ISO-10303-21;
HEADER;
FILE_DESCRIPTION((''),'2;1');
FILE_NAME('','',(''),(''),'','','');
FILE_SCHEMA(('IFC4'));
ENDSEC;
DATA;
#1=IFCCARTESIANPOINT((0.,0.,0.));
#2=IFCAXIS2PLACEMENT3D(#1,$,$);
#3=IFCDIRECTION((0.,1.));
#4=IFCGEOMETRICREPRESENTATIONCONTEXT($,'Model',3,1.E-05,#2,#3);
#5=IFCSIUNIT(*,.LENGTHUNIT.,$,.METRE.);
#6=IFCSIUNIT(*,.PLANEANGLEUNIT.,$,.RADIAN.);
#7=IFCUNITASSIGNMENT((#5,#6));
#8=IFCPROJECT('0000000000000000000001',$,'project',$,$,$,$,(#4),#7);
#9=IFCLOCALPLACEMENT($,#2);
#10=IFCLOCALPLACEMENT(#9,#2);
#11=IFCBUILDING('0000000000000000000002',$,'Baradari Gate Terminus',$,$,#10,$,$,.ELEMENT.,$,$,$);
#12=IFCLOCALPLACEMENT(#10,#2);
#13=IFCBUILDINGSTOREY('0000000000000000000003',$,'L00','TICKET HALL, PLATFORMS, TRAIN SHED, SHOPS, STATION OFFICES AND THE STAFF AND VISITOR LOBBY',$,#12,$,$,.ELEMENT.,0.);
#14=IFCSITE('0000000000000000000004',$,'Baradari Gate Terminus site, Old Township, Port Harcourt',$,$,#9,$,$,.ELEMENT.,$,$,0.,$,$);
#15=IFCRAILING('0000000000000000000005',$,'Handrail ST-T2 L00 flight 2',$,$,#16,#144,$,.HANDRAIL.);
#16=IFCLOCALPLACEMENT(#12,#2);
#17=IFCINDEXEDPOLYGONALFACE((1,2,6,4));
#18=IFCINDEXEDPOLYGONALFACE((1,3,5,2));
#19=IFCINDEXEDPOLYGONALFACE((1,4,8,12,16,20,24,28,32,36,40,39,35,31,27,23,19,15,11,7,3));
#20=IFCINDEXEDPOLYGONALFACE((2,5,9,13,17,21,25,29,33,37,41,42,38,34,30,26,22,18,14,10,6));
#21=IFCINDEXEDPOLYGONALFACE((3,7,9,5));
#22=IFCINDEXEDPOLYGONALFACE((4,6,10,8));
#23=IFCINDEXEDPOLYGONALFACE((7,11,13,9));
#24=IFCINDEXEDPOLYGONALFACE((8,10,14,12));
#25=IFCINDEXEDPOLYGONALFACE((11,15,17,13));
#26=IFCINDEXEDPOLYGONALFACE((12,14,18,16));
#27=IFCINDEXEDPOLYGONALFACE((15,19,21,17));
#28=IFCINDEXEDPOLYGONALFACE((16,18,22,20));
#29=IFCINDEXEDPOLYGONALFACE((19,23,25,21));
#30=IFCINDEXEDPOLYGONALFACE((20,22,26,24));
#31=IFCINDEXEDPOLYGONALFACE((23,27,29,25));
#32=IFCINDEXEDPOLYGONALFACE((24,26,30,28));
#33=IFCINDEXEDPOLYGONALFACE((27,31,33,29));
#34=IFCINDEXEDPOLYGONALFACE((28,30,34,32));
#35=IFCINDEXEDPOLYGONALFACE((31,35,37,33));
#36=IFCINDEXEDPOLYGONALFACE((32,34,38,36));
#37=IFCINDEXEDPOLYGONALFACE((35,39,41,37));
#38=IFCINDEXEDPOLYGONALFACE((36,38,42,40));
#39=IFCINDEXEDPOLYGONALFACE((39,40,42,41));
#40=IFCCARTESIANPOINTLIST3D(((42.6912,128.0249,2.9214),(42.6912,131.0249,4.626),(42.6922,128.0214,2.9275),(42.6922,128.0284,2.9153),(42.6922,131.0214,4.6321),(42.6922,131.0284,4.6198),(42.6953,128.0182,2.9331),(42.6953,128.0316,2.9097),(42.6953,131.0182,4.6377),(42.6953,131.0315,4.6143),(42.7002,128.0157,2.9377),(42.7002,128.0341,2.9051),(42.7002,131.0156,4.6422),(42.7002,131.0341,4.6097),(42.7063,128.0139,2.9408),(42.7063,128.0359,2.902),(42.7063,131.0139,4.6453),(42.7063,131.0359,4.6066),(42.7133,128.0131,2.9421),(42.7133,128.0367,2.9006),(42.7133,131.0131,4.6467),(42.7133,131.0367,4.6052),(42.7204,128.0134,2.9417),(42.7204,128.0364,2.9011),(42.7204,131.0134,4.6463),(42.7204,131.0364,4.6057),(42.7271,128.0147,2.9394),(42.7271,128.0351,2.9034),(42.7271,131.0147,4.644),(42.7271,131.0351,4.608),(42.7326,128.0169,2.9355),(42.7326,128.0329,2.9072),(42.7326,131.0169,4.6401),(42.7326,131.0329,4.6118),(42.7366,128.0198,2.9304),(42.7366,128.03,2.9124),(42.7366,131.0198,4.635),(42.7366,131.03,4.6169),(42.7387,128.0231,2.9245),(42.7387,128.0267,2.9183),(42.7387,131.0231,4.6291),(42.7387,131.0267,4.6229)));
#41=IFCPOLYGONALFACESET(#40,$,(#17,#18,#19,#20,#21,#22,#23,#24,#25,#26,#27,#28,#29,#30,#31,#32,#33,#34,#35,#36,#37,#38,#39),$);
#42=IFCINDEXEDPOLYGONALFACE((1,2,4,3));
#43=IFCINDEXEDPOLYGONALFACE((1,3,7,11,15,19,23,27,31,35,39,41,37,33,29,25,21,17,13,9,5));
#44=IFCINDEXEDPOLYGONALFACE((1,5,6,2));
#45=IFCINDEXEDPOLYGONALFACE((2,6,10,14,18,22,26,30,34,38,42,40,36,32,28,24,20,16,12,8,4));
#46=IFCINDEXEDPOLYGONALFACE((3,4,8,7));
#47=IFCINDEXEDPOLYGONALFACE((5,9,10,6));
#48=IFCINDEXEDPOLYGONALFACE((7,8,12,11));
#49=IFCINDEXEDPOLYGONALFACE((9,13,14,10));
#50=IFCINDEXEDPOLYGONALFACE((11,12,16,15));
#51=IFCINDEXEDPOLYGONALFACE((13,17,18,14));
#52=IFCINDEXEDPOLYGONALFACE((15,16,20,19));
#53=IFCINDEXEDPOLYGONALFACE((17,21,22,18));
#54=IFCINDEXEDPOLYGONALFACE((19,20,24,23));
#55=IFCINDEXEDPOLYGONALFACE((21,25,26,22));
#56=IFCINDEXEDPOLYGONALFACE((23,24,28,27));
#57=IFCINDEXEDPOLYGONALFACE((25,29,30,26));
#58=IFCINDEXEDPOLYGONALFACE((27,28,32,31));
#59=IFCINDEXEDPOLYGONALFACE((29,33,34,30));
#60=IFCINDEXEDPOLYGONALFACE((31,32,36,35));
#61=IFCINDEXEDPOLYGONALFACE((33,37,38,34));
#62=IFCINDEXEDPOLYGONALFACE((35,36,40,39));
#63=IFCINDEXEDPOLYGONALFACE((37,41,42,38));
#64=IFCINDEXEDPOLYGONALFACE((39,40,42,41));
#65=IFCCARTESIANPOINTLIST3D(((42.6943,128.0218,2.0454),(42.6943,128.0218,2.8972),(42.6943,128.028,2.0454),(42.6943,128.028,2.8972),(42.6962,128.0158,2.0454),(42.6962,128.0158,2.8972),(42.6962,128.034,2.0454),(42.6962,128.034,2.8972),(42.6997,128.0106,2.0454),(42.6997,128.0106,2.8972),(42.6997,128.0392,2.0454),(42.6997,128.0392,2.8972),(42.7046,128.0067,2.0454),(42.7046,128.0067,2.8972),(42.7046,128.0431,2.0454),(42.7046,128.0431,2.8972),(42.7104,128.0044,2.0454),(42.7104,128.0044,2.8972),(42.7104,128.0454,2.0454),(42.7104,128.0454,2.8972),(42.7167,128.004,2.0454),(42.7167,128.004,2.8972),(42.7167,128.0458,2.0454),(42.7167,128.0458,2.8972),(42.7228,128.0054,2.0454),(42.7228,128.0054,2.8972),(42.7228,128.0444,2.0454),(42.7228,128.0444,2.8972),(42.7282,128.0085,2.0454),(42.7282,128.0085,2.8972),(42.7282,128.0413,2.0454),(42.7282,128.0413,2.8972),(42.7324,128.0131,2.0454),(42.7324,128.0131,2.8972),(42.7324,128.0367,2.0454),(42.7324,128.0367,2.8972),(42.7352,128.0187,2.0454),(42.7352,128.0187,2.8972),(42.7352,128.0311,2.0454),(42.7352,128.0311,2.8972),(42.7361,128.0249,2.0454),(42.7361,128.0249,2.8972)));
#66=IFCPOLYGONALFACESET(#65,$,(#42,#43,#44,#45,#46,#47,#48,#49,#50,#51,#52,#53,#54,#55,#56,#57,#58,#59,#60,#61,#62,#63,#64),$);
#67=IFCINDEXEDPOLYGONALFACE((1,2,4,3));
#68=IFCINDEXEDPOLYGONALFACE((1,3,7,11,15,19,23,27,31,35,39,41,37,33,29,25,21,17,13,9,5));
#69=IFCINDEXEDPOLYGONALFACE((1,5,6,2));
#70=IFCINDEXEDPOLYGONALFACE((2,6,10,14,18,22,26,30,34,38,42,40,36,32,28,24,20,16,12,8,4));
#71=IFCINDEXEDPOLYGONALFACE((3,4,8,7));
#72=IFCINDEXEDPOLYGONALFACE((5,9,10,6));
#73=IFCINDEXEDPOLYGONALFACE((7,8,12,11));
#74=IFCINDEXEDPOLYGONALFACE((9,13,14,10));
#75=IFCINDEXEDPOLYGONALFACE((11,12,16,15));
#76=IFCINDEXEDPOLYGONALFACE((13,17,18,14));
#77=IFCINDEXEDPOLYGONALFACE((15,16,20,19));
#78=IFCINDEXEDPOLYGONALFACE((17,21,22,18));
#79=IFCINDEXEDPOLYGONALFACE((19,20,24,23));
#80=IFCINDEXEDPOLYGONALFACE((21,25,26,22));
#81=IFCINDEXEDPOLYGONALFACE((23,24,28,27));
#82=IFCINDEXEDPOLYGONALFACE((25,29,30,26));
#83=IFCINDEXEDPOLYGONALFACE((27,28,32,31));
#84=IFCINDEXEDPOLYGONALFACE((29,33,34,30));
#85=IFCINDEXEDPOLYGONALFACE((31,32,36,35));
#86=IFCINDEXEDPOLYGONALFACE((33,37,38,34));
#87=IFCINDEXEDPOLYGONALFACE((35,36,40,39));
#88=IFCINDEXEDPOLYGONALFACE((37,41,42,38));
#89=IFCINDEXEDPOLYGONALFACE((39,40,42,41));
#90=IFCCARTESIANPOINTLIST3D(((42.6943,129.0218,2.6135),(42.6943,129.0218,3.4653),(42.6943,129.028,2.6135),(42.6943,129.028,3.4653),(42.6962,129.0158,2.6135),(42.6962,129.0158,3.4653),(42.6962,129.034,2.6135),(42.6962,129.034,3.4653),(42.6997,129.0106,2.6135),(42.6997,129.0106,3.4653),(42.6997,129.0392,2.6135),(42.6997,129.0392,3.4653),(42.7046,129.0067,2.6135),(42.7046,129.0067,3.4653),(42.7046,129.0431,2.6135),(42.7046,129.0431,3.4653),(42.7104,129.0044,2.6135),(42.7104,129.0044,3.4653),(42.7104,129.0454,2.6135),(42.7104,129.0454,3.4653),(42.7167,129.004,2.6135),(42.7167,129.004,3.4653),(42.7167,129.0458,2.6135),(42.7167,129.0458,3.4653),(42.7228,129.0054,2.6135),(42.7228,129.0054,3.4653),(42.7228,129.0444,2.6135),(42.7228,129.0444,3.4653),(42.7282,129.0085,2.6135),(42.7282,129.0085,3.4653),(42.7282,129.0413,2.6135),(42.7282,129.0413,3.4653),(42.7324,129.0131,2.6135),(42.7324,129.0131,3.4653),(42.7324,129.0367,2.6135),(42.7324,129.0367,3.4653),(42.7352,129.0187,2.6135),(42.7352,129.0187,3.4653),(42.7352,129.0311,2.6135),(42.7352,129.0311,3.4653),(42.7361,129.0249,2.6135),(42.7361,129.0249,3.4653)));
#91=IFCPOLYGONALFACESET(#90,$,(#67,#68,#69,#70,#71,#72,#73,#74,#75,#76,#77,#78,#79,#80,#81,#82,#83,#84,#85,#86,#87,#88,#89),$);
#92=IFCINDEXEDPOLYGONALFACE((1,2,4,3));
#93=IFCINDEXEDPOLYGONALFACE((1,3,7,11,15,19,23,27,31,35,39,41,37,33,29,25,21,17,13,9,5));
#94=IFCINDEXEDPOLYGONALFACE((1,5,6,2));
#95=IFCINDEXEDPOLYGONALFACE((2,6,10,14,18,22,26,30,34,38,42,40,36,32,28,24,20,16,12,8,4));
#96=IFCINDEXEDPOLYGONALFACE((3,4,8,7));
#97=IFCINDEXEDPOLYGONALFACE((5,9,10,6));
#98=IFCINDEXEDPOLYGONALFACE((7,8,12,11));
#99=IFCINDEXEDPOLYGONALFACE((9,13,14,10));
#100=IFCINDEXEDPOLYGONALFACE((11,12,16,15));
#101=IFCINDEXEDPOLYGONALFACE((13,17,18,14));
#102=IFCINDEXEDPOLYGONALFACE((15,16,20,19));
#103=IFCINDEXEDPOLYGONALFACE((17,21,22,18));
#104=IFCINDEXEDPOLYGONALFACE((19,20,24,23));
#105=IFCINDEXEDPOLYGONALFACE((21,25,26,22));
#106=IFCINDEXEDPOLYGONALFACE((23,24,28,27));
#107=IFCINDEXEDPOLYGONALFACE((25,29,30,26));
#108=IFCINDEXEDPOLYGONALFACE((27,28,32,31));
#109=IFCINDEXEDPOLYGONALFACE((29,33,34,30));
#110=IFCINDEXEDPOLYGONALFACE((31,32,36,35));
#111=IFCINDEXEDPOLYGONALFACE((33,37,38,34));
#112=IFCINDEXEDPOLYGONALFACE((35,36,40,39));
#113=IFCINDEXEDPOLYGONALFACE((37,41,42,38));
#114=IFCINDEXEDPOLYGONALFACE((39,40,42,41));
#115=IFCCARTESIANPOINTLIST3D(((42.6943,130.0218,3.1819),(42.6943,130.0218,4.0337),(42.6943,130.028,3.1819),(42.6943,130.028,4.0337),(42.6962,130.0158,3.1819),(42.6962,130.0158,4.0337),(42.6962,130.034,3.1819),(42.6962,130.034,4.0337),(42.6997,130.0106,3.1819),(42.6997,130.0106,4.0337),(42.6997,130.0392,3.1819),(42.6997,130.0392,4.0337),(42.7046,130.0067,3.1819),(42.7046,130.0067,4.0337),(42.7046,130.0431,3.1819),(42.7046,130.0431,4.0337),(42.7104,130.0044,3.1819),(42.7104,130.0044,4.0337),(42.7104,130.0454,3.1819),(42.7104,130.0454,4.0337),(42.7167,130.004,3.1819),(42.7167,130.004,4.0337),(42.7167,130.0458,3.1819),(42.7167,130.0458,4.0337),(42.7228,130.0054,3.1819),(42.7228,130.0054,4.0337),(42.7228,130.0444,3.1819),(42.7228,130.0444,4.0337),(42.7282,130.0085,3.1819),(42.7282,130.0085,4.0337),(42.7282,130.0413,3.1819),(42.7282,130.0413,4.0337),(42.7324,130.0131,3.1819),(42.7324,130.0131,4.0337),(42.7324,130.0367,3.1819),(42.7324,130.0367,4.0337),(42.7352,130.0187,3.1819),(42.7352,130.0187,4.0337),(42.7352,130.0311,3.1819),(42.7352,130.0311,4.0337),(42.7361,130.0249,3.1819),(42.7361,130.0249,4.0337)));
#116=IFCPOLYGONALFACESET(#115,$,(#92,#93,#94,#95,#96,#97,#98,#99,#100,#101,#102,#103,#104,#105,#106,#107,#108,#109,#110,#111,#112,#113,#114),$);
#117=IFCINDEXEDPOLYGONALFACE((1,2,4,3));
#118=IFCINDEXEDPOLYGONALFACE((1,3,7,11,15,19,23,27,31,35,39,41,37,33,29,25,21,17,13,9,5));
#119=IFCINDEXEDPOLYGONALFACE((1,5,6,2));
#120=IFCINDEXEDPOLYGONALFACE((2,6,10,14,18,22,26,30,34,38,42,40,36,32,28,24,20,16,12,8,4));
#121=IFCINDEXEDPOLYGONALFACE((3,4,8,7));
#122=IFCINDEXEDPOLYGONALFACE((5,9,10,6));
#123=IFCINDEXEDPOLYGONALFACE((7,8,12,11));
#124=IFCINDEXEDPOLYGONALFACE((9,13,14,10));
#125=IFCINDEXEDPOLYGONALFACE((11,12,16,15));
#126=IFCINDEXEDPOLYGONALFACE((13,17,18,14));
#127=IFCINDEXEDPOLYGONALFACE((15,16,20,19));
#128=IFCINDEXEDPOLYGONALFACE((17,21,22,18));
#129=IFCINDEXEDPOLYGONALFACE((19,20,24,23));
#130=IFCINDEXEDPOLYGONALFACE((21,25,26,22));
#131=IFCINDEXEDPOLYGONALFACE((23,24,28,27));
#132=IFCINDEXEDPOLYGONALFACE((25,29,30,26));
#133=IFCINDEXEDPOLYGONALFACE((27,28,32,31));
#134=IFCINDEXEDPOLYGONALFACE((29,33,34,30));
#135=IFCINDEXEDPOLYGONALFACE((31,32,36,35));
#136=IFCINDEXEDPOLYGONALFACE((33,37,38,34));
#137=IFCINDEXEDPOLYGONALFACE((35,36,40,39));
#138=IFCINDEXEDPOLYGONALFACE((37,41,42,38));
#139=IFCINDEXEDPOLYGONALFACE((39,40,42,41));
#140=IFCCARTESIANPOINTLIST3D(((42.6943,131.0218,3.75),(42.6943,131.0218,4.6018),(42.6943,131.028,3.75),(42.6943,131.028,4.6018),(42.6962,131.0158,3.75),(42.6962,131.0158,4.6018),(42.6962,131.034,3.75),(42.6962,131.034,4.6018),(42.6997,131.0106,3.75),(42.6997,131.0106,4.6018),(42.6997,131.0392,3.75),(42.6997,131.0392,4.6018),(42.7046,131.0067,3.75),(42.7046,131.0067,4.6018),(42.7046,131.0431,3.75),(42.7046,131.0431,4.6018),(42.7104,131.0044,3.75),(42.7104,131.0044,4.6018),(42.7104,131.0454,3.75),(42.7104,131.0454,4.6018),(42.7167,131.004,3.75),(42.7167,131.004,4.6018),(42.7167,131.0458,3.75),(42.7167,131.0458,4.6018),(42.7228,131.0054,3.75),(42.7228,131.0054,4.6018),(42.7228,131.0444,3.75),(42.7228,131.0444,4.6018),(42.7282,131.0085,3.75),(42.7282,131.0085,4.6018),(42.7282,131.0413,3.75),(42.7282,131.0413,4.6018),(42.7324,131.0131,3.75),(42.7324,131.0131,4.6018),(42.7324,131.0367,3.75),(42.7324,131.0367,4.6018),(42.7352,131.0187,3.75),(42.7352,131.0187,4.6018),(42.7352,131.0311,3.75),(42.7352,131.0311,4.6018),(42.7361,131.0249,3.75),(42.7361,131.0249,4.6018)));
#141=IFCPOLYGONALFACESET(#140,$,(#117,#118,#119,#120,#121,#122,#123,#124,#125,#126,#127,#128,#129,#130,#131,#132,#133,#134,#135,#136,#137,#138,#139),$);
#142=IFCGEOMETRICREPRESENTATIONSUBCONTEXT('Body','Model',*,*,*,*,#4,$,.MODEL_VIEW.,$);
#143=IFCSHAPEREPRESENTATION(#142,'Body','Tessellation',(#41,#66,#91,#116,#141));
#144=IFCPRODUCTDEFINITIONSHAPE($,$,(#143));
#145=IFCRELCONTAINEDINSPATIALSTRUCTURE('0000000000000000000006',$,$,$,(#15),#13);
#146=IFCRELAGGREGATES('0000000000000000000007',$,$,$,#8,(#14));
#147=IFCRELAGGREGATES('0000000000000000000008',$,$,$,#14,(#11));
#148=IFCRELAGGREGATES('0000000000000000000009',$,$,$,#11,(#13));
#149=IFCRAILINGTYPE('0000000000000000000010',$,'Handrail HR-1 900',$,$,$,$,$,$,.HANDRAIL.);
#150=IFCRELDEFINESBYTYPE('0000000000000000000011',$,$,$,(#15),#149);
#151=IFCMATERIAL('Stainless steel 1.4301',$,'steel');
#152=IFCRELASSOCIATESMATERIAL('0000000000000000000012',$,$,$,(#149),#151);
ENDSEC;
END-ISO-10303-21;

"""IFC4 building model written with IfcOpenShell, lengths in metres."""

from ifc_helpers import new_model, si_unit, direction, frame, origin, origin_2d, place, context, subcontext, project, spatial, circle, extrude, material, type_object, element, save


model = new_model("IFC4")

# Units and contexts
model_context = context("Model", 3, precision=1e-05, world=origin(), true_north=direction((0.0, 1.0)))
body_context = subcontext(model_context, "Body", "Model", "MODEL_VIEW")
ifc_project = project(units=[si_unit("LENGTHUNIT", "METRE"), si_unit("PLANEANGLEUNIT", "RADIAN")], contexts=[model_context])

# Site, building, storey
site_placement = place(None, origin())
site = spatial("IfcSite", under=ifc_project, at=site_placement, Name="Baradari Gate Terminus site, Old Township, Port Harcourt", CompositionType="ELEMENT", RefElevation=0.0)
building_placement = place(site_placement, origin())
building = spatial("IfcBuilding", under=site, at=building_placement, Name="Baradari Gate Terminus", CompositionType="ELEMENT")
storey_placement = place(building_placement, origin())
storey = spatial("IfcBuildingStorey", under=building, at=storey_placement, Name="L00", Description="TICKET HALL, PLATFORMS, TRAIN SHED, SHOPS, STATION OFFICES AND THE STAFF AND VISITOR LOBBY", CompositionType="ELEMENT", Elevation=0.0)

# Railing
ifc_material_1 = material(Name="Stainless steel 1.4301", Category="steel")
railing_type_1 = type_object("IfcRailingType", Name="Handrail HR-1 900", PredefinedType="HANDRAIL", material=ifc_material_1)
for number, where, name in (
    (1, (42.7151, 128.0249, 2.0454), "Handrail ST-T2 L00 flight 2"),
):
    element("IfcRailing", number, at=place(storey_placement, frame(where)), inside=storey, type_object=railing_type_1, Name=name, PredefinedType="HANDRAIL", context=body_context, shape_type="SweptSolid", body=[
        extrude(circle(Radius=0.0239, at=origin_2d()), frame((0.0, 0.0, 0.876), z_axis=(0.0, 0.869451, 0.494019), x_axis=(-1.0, 0.0, 0.0)), (0.0, 0.0, 1.0), 3.4504),
        extrude(circle(Radius=0.021, at=origin_2d()), origin(), (0.0, 0.0, 1.0), 0.8518),
        extrude(circle(Radius=0.021, at=origin_2d()), frame((0.0, 1.0, 0.5681)), (0.0, 0.0, 1.0), 0.8518),
        extrude(circle(Radius=0.021, at=origin_2d()), frame((0.0, 2.0, 1.1365)), (0.0, 0.0, 1.0), 0.8518),
        extrude(circle(Radius=0.021, at=origin_2d()), frame((0.0, 3.0, 1.7046)), (0.0, 0.0, 1.0), 0.8518),
    ])

save(model, "model.ifc")
